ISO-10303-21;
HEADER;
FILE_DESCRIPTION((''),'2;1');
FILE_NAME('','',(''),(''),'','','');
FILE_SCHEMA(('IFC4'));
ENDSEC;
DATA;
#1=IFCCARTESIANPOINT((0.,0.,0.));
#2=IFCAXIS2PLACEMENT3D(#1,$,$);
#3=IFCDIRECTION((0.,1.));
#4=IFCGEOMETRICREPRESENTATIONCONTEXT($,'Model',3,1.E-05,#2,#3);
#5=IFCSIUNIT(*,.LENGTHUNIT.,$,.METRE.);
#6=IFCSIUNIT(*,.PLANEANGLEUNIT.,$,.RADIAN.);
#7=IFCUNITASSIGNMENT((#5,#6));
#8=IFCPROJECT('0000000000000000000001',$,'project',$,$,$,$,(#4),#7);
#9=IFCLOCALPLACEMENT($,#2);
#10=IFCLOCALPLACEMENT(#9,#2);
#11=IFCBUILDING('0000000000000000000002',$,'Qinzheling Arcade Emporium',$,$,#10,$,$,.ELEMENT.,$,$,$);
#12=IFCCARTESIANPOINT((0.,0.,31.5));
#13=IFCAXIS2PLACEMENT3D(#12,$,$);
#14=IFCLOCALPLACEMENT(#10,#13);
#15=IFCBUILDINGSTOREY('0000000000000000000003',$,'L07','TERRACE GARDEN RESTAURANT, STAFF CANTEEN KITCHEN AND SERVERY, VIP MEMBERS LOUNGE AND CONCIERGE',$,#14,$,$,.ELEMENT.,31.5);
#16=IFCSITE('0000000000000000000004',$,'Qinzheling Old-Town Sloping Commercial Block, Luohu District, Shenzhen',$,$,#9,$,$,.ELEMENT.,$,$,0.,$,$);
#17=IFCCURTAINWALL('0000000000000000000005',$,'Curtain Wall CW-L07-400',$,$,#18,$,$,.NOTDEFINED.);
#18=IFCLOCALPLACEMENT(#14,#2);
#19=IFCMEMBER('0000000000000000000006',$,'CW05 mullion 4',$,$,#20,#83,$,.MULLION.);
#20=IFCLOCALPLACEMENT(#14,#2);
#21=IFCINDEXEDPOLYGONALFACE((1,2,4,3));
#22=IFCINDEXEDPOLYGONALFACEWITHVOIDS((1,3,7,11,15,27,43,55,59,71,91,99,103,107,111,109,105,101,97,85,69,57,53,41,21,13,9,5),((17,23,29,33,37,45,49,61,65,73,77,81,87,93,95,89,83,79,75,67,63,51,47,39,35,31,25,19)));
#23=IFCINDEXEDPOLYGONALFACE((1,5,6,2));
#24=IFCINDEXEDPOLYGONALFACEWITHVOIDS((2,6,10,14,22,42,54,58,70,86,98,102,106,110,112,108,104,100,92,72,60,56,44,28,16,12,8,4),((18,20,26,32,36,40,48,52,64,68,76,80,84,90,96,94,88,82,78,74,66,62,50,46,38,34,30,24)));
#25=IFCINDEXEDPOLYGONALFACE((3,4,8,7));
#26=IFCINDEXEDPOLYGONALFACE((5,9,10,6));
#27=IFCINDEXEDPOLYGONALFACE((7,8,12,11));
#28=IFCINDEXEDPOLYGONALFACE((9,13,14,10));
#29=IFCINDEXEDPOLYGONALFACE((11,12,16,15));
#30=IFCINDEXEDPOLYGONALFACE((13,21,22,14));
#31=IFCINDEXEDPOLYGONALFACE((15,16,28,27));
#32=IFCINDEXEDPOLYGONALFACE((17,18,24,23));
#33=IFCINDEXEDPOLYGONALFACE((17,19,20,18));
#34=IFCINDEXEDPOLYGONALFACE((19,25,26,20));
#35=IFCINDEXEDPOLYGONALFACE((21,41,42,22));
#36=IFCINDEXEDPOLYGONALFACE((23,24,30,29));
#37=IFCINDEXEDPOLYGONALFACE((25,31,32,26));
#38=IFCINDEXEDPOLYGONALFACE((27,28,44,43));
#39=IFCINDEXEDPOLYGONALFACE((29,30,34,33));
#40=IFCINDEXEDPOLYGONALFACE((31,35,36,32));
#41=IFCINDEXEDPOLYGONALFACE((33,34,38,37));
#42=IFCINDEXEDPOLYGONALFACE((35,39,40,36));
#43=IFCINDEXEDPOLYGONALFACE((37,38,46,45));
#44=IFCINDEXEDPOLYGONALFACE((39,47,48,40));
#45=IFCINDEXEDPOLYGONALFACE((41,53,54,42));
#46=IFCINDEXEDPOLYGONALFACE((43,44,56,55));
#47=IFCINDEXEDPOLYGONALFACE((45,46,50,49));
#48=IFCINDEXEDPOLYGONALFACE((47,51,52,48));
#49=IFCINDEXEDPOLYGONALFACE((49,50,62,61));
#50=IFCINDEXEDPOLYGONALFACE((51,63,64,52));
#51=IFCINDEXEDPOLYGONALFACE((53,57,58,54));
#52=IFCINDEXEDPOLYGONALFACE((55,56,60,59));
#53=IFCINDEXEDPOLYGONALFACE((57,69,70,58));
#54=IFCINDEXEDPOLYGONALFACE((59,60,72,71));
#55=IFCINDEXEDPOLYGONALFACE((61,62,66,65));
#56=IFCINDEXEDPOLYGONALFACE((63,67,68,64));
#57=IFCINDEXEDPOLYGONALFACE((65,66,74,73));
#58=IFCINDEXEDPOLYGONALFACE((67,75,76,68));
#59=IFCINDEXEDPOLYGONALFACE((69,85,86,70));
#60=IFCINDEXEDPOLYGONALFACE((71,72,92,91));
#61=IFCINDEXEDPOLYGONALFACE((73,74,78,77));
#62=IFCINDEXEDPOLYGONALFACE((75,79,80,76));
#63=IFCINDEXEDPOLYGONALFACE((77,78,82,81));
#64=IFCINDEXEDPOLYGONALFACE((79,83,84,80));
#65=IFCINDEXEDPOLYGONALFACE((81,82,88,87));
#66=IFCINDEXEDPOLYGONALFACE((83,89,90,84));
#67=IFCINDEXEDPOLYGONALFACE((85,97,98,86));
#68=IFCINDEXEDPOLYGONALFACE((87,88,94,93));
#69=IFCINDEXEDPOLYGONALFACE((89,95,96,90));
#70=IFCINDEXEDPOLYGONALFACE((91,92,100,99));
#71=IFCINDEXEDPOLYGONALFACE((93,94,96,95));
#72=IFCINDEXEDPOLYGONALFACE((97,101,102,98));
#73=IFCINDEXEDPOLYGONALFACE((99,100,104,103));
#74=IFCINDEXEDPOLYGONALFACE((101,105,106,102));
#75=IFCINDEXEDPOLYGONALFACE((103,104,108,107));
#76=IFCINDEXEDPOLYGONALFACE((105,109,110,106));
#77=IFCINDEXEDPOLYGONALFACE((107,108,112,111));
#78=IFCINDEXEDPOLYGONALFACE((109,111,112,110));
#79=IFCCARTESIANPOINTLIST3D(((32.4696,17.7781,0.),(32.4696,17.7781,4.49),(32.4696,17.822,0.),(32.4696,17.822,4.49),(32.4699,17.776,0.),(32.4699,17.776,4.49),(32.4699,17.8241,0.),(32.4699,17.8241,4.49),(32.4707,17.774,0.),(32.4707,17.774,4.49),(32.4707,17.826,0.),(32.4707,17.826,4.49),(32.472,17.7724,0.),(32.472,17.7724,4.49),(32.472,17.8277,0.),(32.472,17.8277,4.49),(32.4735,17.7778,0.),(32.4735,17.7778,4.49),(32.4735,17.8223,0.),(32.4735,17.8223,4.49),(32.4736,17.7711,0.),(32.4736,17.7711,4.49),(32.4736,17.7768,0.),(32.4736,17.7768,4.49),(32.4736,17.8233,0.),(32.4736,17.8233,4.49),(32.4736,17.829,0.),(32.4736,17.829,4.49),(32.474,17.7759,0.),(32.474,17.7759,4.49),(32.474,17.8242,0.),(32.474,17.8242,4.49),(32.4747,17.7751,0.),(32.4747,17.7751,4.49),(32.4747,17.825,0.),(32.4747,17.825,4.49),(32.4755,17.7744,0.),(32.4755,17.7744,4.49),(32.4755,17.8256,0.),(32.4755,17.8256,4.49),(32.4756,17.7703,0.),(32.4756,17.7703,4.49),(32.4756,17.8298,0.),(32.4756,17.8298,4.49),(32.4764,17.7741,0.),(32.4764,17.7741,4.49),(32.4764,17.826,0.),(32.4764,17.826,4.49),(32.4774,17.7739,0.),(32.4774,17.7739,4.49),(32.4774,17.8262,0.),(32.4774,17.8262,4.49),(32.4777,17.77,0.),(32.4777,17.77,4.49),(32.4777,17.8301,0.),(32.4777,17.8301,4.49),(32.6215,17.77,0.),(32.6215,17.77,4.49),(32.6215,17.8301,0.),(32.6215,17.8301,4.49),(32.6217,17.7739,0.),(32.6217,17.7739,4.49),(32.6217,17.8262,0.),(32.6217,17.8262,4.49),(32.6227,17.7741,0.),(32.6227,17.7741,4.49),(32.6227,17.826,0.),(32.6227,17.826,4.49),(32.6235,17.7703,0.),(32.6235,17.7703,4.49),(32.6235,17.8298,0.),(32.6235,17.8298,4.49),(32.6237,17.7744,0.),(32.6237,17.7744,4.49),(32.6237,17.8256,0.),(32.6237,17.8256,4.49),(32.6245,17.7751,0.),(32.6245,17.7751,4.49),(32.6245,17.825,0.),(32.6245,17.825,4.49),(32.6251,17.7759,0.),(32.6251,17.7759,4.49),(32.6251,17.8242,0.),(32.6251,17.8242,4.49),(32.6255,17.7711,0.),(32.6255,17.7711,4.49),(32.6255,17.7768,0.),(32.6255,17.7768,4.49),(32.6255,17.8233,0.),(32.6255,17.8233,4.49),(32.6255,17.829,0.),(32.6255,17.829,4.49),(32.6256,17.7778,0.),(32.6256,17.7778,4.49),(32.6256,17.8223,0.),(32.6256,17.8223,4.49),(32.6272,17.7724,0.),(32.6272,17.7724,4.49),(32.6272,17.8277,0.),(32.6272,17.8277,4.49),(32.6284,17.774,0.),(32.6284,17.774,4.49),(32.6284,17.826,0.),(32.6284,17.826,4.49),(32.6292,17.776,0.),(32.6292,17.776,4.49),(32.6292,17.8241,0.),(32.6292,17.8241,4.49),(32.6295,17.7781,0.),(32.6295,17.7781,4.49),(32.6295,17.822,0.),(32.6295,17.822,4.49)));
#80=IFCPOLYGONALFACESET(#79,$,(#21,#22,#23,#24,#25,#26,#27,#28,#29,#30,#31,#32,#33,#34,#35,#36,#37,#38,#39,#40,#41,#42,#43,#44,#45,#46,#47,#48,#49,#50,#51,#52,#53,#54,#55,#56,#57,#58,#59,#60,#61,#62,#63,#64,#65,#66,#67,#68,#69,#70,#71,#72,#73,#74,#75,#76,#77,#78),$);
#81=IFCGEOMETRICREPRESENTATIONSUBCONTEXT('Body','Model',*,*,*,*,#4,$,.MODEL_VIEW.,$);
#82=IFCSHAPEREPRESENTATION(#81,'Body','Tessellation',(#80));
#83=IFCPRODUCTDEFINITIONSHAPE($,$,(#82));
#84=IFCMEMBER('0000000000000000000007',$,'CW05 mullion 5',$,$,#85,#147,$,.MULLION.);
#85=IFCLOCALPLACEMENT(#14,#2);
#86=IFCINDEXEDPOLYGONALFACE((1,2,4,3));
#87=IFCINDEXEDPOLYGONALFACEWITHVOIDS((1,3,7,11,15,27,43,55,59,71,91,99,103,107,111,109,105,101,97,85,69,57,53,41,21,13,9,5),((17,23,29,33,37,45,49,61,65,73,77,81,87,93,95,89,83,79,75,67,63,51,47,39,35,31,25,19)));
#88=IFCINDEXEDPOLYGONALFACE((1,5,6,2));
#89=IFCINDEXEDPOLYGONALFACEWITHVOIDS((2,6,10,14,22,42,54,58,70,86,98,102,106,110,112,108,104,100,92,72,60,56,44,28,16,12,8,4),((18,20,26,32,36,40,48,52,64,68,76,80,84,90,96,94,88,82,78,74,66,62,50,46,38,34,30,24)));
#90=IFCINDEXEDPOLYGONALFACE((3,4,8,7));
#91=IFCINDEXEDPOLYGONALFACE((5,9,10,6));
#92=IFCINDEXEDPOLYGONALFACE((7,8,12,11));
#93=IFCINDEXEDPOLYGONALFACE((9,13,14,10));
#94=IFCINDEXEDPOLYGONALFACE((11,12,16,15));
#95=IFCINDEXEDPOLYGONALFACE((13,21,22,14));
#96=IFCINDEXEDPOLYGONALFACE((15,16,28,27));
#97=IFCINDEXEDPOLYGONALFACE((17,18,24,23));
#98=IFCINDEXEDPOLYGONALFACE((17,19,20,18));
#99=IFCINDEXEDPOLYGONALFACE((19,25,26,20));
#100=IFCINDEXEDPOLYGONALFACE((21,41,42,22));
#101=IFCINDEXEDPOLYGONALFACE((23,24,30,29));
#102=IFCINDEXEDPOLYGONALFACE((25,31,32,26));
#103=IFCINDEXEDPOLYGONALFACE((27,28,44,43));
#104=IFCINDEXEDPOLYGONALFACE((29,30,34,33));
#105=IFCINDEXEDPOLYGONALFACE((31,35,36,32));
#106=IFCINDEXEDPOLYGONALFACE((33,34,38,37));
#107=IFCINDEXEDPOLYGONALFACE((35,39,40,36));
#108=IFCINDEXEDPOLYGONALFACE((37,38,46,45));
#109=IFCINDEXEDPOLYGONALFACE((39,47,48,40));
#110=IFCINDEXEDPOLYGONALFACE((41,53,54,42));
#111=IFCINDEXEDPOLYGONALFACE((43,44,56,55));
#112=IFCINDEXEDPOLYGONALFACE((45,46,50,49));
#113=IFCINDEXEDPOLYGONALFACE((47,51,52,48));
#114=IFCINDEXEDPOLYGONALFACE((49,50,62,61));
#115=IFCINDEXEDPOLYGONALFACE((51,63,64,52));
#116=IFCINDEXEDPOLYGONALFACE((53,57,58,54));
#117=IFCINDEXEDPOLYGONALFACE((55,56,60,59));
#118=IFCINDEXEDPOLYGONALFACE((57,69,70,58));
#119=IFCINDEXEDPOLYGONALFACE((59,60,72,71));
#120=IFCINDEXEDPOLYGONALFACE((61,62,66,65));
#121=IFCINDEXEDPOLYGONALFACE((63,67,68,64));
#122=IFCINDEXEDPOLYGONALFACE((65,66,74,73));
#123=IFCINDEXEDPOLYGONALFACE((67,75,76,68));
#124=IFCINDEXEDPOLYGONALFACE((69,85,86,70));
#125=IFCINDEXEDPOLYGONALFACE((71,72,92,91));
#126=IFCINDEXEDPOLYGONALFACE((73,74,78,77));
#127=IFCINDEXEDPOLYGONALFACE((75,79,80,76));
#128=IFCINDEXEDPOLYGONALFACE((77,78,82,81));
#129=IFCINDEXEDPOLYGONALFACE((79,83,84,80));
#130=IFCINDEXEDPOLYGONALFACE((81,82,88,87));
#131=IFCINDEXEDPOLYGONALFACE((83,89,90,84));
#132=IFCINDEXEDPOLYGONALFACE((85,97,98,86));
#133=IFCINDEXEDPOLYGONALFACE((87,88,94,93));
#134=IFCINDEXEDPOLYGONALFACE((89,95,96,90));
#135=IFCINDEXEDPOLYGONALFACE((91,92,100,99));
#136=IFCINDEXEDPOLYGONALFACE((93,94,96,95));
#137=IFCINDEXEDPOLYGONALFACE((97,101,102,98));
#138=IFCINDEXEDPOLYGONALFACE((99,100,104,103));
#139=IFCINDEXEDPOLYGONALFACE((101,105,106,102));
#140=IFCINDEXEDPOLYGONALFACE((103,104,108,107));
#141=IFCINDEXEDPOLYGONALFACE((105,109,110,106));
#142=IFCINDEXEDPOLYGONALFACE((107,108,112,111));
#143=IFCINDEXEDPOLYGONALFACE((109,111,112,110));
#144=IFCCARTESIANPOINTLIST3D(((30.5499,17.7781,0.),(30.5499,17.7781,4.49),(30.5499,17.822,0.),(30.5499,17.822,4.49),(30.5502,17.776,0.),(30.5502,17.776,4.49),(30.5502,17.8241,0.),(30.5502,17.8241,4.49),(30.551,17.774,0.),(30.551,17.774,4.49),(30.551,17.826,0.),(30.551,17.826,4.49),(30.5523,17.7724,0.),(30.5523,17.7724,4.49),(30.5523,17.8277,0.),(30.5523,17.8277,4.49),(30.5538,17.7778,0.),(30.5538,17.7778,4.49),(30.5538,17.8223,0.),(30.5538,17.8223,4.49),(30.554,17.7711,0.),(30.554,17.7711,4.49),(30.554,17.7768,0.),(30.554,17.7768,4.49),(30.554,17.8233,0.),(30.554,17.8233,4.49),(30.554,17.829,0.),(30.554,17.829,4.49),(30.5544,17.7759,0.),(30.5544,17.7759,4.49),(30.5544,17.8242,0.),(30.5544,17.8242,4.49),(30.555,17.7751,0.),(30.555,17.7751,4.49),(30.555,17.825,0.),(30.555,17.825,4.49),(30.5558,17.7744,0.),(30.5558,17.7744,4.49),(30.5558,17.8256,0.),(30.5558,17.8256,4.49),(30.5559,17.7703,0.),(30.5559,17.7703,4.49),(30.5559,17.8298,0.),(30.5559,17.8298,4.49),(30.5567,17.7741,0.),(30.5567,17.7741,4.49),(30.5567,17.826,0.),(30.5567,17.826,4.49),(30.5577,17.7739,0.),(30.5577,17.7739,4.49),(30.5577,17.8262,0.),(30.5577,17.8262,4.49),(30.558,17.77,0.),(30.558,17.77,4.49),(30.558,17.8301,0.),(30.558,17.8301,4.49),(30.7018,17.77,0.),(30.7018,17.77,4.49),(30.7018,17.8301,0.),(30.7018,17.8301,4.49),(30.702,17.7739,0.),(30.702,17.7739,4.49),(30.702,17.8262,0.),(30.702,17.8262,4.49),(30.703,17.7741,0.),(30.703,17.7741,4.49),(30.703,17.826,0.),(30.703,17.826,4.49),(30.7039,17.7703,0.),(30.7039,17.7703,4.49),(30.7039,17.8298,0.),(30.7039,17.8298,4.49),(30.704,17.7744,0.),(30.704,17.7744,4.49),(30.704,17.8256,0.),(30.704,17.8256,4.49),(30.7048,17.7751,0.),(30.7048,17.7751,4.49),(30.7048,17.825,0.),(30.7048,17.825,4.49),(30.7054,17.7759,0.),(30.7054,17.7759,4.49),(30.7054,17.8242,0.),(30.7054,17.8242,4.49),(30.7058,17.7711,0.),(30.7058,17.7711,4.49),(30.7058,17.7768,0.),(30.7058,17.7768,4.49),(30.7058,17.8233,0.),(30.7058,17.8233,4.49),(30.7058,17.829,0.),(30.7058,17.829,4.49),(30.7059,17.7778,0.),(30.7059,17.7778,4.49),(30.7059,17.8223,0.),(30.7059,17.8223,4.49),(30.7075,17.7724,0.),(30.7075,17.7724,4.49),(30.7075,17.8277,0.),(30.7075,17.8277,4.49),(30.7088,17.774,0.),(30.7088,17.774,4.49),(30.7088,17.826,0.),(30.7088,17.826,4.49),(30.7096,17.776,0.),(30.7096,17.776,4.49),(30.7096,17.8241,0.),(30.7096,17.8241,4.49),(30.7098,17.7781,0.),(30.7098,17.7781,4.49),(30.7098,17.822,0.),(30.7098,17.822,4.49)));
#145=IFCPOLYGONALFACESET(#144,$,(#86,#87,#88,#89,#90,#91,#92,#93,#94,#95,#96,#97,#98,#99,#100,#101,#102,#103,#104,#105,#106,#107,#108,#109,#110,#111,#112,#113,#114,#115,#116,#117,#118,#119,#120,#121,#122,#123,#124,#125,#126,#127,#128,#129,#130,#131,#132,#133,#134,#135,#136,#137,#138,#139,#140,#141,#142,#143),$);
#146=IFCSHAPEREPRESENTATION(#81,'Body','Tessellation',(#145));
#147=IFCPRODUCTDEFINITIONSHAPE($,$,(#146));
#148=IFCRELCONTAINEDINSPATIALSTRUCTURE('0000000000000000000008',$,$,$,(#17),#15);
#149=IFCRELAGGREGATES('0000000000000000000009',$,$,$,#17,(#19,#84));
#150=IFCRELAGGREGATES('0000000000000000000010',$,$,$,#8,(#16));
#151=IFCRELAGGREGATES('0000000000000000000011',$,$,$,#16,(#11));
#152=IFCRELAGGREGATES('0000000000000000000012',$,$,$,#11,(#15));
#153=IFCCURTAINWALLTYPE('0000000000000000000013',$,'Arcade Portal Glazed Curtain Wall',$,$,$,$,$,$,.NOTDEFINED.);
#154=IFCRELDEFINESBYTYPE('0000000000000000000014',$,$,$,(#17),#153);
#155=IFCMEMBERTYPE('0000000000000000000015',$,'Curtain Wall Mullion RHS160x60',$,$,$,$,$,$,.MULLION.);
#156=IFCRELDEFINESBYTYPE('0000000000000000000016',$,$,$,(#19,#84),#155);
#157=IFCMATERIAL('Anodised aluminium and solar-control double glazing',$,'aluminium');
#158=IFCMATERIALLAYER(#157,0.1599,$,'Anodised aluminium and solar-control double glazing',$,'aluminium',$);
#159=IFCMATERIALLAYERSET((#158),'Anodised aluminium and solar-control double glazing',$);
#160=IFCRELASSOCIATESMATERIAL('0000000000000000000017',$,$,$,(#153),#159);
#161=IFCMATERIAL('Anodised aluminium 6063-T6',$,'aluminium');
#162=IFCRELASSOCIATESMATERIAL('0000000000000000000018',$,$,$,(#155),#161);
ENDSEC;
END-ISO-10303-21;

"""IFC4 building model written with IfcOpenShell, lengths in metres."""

from ifc_helpers import new_model, si_unit, direction, frame, origin, origin_2d, place, context, subcontext, project, spatial, hollow_rectangle, extrude, material, layer, layer_set, material_profile, profile_set, type_object, element, aggregate, save


model = new_model("IFC4")

# Units and contexts
model_context = context("Model", 3, precision=1e-05, world=origin(), true_north=direction((0.0, 1.0)))
body_context = subcontext(model_context, "Body", "Model", "MODEL_VIEW")
ifc_project = project(units=[si_unit("LENGTHUNIT", "METRE"), si_unit("PLANEANGLEUNIT", "RADIAN")], contexts=[model_context])

# Site, building, storey
site_placement = place(None, origin())
site = spatial("IfcSite", under=ifc_project, at=site_placement, Name="Qinzheling Old-Town Sloping Commercial Block, Luohu District, Shenzhen", CompositionType="ELEMENT", RefElevation=0.0)
building_placement = place(site_placement, origin())
building = spatial("IfcBuilding", under=site, at=building_placement, Name="Qinzheling Arcade Emporium", CompositionType="ELEMENT")
storey_placement = place(building_placement, frame((0.0, 0.0, 31.5)))
storey = spatial("IfcBuildingStorey", under=building, at=storey_placement, Name="L07", Description="TERRACE GARDEN RESTAURANT, STAFF CANTEEN KITCHEN AND SERVERY, VIP MEMBERS LOUNGE AND CONCIERGE", CompositionType="ELEMENT", Elevation=31.5)

# Curtain wall, members
ifc_material_1 = material(Name="Anodised aluminium and solar-control double glazing", Category="aluminium")
ifc_layer_1 = layer(ifc_material_1, 0.1599, Name="Anodised aluminium and solar-control double glazing", Category="aluminium")
ifc_layer_set_1 = layer_set([ifc_layer_1], Name="Anodised aluminium and solar-control double glazing")
curtain_wall_type_1 = type_object("IfcCurtainWallType", Name="Arcade Portal Glazed Curtain Wall", PredefinedType="NOTDEFINED", material=ifc_layer_set_1)
curtain_wall_1_placement = place(storey_placement, origin())
curtain_wall_1 = element("IfcCurtainWall", 1, at=curtain_wall_1_placement, inside=storey, type_object=curtain_wall_type_1, Name="Curtain Wall CW-L07-400", PredefinedType="NOTDEFINED")
ifc_material_2 = material(Name="Anodised aluminium 6063-T6", Category="aluminium")
ifc_material_profile_1 = material_profile(ifc_material_2, hollow_rectangle(XDim=0.0601, YDim=0.1599, WallThickness=0.0039, InnerFilletRadius=0.0039, OuterFilletRadius=0.0081, at=origin_2d()), Name="RHS 160x60x4", Category="aluminium")
ifc_profile_set_1 = profile_set([ifc_material_profile_1], Name="Anodised aluminium 6063-T6")
member_type_1 = type_object("IfcMemberType", Name="Curtain Wall Mullion RHS160x60", PredefinedType="MULLION", material=ifc_profile_set_1)
member_1_placement = place(storey_placement, frame((32.5496, 17.8, 0.0), z_axis=(0.0, 0.0, 1.0), x_axis=(0.0, -1.0, 0.0)))
member_1 = element("IfcMember", 2, at=member_1_placement, type_object=member_type_1, Name="CW05 mullion 4", PredefinedType="MULLION", context=body_context, shape_type="SweptSolid", body=[
    extrude(hollow_rectangle(XDim=0.0601, YDim=0.1599, WallThickness=0.0039, InnerFilletRadius=0.0039, OuterFilletRadius=0.0081, at=origin_2d()), origin(), (0.0, 0.0, 1.0), 4.49),
])
member_2_placement = place(storey_placement, frame((30.6299, 17.8, 0.0), z_axis=(0.0, 0.0, 1.0), x_axis=(0.0, -1.0, 0.0)))
member_2 = element("IfcMember", 3, at=member_2_placement, type_object=member_type_1, Name="CW05 mullion 5", PredefinedType="MULLION", context=body_context, shape_type="SweptSolid", body=[
    extrude(hollow_rectangle(XDim=0.0601, YDim=0.1599, WallThickness=0.0039, InnerFilletRadius=0.0039, OuterFilletRadius=0.0081, at=origin_2d()), origin(), (0.0, 0.0, 1.0), 4.49),
])

aggregate(curtain_wall_1, [member_1, member_2])

save(model, "model.ifc")
